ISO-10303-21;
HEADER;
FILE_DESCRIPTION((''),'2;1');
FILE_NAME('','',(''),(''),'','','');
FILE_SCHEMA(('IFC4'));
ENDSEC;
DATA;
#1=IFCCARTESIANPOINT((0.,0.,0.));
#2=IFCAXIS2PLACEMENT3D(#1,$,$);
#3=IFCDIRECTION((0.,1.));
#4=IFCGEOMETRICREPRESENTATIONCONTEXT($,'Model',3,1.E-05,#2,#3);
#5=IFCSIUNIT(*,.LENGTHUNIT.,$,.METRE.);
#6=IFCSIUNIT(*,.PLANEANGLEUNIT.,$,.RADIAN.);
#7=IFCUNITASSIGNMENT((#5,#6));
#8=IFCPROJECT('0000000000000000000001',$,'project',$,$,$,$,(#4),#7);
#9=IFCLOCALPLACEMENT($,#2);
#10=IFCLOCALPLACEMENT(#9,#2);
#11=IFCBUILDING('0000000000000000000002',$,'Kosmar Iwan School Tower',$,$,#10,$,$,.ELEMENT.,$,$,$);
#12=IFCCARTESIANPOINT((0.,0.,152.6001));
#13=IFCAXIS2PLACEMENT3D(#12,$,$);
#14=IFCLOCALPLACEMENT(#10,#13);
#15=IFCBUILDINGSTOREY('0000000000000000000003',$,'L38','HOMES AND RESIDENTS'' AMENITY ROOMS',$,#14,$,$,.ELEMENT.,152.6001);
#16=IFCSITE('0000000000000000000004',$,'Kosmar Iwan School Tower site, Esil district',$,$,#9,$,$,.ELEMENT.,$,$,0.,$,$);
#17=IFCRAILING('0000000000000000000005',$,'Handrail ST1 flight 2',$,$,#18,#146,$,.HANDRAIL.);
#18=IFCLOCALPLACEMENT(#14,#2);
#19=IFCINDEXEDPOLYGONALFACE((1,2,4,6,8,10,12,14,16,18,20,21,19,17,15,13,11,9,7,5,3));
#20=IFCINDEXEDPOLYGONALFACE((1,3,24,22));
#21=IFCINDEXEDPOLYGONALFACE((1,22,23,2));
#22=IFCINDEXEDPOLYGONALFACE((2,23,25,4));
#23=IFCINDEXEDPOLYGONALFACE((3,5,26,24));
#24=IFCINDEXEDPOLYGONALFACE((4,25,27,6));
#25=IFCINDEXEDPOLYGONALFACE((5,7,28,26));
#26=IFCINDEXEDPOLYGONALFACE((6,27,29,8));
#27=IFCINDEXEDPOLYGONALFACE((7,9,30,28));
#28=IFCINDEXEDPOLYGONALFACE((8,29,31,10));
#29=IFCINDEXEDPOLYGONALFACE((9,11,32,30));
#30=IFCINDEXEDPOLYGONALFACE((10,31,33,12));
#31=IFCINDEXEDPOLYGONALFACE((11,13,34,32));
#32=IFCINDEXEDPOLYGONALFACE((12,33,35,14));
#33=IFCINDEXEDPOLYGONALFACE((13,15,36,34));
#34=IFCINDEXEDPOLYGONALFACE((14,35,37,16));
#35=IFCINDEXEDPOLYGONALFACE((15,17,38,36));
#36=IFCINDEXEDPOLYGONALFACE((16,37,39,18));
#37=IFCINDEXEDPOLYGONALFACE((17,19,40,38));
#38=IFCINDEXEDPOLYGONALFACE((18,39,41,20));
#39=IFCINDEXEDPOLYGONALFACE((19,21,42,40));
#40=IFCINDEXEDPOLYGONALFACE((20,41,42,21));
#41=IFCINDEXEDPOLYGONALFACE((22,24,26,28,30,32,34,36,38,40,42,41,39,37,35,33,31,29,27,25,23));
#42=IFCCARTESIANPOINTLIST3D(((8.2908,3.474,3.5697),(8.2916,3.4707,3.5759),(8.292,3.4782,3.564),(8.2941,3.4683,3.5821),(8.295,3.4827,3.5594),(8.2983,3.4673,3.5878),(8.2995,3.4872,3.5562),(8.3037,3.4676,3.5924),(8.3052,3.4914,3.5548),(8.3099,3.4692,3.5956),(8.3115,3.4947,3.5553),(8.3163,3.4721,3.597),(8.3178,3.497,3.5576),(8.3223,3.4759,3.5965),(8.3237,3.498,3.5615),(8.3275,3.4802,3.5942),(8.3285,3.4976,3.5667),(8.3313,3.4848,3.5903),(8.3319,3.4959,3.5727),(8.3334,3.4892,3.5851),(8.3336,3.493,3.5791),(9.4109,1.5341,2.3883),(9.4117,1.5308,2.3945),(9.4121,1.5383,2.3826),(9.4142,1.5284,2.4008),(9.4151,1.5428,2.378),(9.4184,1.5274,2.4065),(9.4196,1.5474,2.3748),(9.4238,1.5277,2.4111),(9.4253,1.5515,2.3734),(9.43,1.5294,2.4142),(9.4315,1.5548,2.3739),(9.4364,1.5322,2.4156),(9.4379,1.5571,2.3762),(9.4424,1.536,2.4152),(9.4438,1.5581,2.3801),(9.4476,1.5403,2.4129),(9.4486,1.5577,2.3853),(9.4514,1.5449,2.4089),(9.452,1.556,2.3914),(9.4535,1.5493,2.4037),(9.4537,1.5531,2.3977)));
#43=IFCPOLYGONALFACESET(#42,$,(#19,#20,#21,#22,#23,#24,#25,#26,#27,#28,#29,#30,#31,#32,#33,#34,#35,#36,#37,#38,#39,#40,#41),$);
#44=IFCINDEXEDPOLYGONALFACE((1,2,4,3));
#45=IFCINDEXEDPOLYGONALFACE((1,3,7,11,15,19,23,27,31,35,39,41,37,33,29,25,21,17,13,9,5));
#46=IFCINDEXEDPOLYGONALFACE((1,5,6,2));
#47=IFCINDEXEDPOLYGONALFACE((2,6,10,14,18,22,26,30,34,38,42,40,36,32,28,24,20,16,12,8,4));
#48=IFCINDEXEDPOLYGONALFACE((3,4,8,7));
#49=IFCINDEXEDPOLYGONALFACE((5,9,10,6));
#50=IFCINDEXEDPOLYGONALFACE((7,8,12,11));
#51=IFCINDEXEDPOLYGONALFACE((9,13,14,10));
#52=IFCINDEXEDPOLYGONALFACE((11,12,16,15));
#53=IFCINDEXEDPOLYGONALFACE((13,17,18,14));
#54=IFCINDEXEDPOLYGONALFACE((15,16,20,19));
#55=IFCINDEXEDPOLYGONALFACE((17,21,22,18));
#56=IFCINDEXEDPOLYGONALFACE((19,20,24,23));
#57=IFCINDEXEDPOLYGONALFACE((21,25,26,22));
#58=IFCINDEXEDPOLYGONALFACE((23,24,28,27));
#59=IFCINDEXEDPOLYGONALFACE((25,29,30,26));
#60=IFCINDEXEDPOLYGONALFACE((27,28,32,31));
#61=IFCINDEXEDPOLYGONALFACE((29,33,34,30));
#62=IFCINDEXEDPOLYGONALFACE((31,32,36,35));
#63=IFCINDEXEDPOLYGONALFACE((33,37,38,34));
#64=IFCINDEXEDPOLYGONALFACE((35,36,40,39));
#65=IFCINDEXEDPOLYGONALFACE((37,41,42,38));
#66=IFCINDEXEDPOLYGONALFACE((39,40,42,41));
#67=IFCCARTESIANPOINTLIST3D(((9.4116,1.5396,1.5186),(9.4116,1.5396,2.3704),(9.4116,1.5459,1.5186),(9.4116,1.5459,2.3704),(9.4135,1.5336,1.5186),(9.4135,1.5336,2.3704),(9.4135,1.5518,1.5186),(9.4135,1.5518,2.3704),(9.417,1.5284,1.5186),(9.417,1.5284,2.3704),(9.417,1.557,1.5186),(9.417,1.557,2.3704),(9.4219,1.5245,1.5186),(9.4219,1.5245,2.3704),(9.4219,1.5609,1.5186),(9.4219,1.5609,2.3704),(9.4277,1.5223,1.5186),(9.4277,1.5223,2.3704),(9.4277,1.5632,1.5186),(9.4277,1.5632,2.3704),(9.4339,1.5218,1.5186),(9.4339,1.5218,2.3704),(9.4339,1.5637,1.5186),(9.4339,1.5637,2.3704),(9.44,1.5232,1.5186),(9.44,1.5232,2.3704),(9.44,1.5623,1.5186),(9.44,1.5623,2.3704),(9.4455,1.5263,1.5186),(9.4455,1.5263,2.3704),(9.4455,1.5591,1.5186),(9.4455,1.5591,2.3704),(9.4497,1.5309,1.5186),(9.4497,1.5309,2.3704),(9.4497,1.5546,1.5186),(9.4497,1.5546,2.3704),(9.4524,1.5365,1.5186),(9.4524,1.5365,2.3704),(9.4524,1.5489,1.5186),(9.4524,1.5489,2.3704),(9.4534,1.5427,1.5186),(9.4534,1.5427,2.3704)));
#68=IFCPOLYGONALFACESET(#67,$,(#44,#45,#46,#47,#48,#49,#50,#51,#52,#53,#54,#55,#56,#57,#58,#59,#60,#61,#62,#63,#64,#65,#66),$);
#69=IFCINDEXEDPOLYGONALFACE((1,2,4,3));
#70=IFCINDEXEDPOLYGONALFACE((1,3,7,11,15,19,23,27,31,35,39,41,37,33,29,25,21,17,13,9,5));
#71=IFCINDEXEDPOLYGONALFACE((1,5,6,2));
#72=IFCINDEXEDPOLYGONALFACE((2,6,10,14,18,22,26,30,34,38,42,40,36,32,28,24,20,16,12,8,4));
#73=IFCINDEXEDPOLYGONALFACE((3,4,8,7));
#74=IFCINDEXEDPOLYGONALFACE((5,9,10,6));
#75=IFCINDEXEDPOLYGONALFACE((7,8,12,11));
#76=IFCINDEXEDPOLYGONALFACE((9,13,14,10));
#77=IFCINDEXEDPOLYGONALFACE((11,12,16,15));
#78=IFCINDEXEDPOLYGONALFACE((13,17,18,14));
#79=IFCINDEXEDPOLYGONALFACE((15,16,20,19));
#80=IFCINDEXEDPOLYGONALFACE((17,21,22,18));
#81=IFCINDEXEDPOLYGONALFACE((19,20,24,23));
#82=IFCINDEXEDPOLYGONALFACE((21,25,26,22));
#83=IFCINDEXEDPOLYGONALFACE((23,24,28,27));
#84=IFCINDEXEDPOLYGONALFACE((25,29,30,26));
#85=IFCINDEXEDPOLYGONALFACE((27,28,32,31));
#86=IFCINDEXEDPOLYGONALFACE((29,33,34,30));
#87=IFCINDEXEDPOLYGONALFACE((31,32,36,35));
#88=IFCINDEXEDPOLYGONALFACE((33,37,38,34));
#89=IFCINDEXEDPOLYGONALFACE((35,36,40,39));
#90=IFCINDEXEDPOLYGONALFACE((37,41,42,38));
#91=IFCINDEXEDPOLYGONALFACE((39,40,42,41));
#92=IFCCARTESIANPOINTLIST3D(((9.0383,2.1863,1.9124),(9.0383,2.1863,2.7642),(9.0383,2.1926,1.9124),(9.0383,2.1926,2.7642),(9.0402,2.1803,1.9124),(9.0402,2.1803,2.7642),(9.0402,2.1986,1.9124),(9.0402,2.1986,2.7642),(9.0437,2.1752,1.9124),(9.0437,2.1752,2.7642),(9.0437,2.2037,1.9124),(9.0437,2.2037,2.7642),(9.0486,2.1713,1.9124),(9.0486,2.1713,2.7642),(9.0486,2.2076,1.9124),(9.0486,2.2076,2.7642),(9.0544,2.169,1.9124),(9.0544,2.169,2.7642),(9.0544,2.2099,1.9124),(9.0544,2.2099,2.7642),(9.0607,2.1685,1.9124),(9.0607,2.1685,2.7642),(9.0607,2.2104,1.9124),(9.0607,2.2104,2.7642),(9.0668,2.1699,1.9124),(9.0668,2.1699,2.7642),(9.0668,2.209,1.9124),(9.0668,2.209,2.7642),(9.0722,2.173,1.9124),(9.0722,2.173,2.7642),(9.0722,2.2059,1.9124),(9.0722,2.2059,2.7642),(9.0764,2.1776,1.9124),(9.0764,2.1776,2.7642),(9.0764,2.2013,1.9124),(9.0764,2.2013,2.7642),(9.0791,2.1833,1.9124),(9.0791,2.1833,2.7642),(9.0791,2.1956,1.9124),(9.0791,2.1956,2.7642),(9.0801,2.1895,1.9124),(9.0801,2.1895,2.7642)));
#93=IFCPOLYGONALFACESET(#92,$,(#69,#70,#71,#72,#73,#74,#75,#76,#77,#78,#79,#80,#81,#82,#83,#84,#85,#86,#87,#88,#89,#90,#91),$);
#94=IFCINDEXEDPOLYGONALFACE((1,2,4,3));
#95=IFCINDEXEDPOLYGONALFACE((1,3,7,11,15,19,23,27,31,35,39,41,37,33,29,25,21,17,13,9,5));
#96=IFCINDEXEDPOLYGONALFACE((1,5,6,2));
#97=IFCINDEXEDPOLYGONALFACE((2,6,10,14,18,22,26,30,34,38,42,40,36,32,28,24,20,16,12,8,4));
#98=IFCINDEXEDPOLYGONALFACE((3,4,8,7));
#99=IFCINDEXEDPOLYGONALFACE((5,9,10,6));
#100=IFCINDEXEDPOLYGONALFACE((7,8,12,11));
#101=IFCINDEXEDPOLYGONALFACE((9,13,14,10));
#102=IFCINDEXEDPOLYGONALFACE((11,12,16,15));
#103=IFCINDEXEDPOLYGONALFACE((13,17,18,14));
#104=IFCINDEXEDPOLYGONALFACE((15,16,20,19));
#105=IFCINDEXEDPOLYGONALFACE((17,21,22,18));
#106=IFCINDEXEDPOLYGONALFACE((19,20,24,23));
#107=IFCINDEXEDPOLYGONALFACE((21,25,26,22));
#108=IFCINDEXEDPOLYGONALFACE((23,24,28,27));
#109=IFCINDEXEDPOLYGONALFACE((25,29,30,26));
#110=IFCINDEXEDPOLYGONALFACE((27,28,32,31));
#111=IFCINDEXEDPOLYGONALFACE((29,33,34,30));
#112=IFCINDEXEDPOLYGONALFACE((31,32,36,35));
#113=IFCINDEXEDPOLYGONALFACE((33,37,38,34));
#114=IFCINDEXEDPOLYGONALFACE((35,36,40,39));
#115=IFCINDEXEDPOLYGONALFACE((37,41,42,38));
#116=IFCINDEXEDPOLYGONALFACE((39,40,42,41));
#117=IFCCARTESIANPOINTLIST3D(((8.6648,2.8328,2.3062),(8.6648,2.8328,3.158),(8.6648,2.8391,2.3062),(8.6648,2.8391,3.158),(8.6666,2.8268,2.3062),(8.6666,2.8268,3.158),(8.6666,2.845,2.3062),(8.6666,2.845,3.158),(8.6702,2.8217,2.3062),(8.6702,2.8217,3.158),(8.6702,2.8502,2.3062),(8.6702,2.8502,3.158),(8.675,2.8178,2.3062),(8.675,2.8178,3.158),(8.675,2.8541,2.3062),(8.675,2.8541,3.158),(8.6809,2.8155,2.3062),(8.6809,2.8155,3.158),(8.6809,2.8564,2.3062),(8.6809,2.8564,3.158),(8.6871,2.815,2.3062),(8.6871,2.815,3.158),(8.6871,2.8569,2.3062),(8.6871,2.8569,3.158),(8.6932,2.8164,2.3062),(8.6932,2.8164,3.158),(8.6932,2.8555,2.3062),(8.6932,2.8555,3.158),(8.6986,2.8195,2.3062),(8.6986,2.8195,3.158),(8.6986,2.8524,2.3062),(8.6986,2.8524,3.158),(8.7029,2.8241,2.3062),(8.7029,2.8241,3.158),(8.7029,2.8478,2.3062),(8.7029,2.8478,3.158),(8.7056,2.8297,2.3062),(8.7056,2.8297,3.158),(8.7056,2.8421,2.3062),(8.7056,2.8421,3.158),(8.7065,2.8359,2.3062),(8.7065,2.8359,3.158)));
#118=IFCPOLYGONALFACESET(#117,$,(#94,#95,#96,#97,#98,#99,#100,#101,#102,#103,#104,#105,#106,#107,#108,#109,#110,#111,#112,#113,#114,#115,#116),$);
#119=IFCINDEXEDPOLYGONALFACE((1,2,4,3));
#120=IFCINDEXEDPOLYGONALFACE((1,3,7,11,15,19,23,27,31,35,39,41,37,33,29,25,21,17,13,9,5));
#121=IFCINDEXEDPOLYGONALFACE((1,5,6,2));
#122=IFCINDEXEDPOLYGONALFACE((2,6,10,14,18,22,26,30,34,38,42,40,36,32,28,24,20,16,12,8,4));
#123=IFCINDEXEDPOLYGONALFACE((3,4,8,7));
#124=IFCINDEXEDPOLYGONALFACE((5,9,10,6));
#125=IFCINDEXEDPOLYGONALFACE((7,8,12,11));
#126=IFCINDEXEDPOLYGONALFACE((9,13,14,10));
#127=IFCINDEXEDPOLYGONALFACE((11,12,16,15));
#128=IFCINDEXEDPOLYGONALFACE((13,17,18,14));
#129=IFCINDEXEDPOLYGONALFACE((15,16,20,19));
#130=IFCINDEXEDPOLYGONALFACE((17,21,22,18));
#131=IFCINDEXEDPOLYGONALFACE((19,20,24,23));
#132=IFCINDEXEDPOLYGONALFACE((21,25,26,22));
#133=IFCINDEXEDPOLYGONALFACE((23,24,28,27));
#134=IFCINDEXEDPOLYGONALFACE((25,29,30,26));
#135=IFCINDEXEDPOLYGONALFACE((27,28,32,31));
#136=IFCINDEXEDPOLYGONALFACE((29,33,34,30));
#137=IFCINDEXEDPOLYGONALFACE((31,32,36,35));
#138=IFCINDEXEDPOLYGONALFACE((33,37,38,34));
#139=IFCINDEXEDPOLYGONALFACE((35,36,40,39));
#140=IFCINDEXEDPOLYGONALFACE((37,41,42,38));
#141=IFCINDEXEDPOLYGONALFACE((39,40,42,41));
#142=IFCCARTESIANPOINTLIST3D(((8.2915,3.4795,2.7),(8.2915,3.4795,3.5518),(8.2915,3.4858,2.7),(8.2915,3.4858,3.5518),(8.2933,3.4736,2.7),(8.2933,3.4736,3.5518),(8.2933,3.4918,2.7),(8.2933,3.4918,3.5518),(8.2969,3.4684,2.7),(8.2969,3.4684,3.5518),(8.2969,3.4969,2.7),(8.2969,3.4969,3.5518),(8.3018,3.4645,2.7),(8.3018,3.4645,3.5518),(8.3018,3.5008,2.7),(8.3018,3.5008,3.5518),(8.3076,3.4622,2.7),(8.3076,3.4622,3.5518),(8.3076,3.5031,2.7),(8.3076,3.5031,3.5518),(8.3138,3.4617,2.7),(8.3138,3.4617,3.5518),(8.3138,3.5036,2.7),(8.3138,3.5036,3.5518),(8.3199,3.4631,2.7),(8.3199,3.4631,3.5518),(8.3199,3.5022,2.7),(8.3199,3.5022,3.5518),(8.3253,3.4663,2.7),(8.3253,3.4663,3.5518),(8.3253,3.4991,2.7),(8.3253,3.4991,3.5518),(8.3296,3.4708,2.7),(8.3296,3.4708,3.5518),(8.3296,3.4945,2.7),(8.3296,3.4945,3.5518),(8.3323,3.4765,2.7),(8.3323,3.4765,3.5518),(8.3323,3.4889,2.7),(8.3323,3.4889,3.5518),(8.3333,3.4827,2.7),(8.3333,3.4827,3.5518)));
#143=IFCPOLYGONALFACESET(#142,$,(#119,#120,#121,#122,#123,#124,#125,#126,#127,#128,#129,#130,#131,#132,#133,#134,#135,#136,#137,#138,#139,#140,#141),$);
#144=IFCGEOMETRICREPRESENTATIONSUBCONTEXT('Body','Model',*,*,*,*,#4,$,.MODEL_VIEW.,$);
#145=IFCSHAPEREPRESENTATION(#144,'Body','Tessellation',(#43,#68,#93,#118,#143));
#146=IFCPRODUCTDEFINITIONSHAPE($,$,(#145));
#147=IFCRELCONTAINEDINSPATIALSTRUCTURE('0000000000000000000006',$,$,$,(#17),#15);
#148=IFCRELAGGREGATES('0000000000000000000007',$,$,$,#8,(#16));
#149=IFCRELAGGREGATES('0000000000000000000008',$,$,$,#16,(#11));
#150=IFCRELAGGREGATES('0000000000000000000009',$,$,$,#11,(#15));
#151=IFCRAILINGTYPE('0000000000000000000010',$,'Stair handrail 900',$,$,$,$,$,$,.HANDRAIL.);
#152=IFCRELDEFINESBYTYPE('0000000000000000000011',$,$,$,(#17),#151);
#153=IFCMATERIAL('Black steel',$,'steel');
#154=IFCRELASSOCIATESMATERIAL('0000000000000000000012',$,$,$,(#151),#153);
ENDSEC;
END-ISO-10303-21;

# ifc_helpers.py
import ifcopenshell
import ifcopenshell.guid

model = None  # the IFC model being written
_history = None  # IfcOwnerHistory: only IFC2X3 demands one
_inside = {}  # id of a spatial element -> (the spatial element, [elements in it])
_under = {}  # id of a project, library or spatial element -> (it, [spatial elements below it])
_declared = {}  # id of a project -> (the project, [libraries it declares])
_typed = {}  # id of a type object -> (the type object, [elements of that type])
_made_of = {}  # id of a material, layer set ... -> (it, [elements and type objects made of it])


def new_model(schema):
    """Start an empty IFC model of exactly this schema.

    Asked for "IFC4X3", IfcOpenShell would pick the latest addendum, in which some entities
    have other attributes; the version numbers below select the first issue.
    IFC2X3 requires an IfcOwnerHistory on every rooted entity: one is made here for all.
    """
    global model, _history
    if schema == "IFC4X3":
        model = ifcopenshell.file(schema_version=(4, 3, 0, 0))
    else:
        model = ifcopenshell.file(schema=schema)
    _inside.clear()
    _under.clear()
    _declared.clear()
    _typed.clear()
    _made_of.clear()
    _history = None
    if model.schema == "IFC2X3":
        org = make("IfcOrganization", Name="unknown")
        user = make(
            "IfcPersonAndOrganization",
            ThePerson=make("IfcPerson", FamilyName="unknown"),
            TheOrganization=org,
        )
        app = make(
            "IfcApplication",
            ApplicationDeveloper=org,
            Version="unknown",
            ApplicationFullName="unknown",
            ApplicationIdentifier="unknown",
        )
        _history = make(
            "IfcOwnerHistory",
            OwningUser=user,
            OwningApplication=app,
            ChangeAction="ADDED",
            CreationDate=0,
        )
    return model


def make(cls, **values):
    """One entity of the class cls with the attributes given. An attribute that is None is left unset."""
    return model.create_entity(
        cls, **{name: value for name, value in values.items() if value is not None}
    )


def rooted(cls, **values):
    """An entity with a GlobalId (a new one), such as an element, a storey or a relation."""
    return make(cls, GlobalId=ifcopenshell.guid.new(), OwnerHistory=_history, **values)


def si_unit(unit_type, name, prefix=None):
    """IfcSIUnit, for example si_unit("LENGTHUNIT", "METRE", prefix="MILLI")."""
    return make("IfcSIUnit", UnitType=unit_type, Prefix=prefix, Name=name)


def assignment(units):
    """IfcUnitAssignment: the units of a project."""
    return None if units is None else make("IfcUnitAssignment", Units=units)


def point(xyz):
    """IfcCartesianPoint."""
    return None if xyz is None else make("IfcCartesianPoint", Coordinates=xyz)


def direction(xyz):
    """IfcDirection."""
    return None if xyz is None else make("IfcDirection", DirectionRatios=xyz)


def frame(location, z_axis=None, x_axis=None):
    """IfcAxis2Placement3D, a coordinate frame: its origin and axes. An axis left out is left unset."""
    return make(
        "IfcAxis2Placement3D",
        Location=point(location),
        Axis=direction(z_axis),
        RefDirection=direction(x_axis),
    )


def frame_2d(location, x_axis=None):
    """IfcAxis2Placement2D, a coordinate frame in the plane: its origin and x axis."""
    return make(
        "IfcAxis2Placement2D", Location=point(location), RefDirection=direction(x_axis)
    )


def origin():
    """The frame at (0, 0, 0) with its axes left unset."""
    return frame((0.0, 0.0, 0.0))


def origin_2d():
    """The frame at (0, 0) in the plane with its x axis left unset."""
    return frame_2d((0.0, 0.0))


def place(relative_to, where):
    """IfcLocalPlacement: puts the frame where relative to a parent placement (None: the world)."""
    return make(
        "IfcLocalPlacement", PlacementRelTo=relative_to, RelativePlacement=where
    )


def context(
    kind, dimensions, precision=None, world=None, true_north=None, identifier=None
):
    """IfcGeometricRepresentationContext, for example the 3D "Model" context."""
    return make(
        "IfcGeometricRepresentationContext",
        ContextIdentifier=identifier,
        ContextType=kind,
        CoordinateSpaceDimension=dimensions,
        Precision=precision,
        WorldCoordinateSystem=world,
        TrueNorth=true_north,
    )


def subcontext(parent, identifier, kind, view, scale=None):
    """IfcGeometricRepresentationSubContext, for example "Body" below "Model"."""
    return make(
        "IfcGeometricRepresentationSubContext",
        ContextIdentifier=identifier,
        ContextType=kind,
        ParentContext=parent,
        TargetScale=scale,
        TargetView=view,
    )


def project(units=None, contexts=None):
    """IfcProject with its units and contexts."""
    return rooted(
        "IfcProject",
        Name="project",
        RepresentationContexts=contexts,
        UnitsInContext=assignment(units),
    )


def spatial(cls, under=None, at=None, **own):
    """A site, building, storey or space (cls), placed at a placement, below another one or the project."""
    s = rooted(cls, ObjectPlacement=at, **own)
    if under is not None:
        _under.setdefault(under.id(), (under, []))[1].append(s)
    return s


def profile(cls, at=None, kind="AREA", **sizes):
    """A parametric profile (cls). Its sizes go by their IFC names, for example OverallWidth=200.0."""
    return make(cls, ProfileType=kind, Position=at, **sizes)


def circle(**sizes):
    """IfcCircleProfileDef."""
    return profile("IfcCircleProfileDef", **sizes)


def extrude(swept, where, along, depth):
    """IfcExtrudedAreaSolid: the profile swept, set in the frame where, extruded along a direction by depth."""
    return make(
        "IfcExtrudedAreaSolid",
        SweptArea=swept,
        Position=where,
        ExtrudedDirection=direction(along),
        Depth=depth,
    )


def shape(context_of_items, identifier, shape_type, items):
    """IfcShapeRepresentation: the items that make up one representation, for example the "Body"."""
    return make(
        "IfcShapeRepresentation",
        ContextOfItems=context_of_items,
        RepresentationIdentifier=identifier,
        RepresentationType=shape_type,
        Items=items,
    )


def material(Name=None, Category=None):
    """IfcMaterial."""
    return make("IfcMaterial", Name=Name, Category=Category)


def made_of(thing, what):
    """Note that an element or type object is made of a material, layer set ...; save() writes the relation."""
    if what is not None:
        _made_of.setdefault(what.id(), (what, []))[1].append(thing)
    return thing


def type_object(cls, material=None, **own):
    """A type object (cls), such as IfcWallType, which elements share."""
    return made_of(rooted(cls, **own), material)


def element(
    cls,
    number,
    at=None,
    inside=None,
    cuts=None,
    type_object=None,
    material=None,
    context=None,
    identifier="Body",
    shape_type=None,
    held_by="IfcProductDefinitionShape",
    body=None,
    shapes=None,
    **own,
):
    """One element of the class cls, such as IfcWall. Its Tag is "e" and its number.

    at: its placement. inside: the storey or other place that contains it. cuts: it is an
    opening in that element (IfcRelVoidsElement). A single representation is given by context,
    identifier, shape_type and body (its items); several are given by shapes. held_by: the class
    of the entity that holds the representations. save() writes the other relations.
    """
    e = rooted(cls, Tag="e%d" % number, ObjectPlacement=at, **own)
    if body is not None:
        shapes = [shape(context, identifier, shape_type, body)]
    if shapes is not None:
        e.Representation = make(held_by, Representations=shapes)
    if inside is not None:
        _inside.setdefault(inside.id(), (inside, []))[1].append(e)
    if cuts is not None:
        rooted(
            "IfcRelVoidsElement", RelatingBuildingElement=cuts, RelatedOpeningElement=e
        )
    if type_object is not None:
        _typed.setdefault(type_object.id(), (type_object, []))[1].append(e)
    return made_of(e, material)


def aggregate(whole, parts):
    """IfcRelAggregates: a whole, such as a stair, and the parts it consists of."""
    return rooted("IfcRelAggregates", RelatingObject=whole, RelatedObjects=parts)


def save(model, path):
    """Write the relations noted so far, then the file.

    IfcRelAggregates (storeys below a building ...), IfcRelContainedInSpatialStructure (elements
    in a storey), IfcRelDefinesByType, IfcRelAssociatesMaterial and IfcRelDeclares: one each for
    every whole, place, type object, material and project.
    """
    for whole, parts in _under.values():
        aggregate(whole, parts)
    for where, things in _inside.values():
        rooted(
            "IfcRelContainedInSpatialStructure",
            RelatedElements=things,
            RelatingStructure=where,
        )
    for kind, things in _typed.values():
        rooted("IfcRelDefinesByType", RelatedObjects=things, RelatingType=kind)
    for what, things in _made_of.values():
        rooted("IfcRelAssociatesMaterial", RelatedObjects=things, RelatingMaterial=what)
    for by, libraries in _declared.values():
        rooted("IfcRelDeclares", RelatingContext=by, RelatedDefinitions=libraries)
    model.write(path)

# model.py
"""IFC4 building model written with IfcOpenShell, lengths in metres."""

from ifc_helpers import new_model, si_unit, direction, frame, origin, origin_2d, place, context, subcontext, project, spatial, circle, extrude, material, type_object, element, save


model = new_model("IFC4")

# Units and contexts
model_context = context("Model", 3, precision=1e-05, world=origin(), true_north=direction((0.0, 1.0)))
body_context = subcontext(model_context, "Body", "Model", "MODEL_VIEW")
ifc_project = project(units=[si_unit("LENGTHUNIT", "METRE"), si_unit("PLANEANGLEUNIT", "RADIAN")], contexts=[model_context])

# Site, building, storey
site_placement = place(None, origin())
site = spatial("IfcSite", under=ifc_project, at=site_placement, Name="Kosmar Iwan School Tower site, Esil district", CompositionType="ELEMENT", RefElevation=0.0)
building_placement = place(site_placement, origin())
building = spatial("IfcBuilding", under=site, at=building_placement, Name="Kosmar Iwan School Tower", CompositionType="ELEMENT")
storey_placement = place(building_placement, frame((0.0, 0.0, 152.6001)))
storey = spatial("IfcBuildingStorey", under=building, at=storey_placement, Name="L38", Description="HOMES AND RESIDENTS' AMENITY ROOMS", CompositionType="ELEMENT", Elevation=152.6001)

# Railing
ifc_material_1 = material(Name="Black steel", Category="steel")
railing_type = type_object("IfcRailingType", Name="Stair handrail 900", PredefinedType="HANDRAIL", material=ifc_material_1)
railing_1_placement = place(storey_placement, frame((9.4324, 1.5427, 1.5186)))
element("IfcRailing", 1, at=railing_1_placement, inside=storey, type_object=railing_type, Name="Handrail ST1 flight 2", PredefinedType="HANDRAIL", context=body_context, shape_type="SweptSolid", body=[
    extrude(circle(Radius=0.0239, at=origin_2d()), frame((0.0, 0.0, 0.876), z_axis=(-0.442291, 0.766008, 0.466488), x_axis=(-0.866008, -0.500031, 0.0)), (0.0, 0.0, 1.0), 2.5325),
    extrude(circle(Radius=0.021, at=origin_2d()), origin(), (0.0, 0.0, 1.0), 0.8518),
    extrude(circle(Radius=0.021, at=origin_2d()), frame((-0.3733, 0.6467, 0.3938)), (0.0, 0.0, 1.0), 0.8518),
    extrude(circle(Radius=0.021, at=origin_2d()), frame((-0.7468, 1.2932, 0.7876)), (0.0, 0.0, 1.0), 0.8518),
    extrude(circle(Radius=0.021, at=origin_2d()), frame((-1.1201, 1.9399, 1.1814)), (0.0, 0.0, 1.0), 0.8518),
])

save(model, "model.ifc")
